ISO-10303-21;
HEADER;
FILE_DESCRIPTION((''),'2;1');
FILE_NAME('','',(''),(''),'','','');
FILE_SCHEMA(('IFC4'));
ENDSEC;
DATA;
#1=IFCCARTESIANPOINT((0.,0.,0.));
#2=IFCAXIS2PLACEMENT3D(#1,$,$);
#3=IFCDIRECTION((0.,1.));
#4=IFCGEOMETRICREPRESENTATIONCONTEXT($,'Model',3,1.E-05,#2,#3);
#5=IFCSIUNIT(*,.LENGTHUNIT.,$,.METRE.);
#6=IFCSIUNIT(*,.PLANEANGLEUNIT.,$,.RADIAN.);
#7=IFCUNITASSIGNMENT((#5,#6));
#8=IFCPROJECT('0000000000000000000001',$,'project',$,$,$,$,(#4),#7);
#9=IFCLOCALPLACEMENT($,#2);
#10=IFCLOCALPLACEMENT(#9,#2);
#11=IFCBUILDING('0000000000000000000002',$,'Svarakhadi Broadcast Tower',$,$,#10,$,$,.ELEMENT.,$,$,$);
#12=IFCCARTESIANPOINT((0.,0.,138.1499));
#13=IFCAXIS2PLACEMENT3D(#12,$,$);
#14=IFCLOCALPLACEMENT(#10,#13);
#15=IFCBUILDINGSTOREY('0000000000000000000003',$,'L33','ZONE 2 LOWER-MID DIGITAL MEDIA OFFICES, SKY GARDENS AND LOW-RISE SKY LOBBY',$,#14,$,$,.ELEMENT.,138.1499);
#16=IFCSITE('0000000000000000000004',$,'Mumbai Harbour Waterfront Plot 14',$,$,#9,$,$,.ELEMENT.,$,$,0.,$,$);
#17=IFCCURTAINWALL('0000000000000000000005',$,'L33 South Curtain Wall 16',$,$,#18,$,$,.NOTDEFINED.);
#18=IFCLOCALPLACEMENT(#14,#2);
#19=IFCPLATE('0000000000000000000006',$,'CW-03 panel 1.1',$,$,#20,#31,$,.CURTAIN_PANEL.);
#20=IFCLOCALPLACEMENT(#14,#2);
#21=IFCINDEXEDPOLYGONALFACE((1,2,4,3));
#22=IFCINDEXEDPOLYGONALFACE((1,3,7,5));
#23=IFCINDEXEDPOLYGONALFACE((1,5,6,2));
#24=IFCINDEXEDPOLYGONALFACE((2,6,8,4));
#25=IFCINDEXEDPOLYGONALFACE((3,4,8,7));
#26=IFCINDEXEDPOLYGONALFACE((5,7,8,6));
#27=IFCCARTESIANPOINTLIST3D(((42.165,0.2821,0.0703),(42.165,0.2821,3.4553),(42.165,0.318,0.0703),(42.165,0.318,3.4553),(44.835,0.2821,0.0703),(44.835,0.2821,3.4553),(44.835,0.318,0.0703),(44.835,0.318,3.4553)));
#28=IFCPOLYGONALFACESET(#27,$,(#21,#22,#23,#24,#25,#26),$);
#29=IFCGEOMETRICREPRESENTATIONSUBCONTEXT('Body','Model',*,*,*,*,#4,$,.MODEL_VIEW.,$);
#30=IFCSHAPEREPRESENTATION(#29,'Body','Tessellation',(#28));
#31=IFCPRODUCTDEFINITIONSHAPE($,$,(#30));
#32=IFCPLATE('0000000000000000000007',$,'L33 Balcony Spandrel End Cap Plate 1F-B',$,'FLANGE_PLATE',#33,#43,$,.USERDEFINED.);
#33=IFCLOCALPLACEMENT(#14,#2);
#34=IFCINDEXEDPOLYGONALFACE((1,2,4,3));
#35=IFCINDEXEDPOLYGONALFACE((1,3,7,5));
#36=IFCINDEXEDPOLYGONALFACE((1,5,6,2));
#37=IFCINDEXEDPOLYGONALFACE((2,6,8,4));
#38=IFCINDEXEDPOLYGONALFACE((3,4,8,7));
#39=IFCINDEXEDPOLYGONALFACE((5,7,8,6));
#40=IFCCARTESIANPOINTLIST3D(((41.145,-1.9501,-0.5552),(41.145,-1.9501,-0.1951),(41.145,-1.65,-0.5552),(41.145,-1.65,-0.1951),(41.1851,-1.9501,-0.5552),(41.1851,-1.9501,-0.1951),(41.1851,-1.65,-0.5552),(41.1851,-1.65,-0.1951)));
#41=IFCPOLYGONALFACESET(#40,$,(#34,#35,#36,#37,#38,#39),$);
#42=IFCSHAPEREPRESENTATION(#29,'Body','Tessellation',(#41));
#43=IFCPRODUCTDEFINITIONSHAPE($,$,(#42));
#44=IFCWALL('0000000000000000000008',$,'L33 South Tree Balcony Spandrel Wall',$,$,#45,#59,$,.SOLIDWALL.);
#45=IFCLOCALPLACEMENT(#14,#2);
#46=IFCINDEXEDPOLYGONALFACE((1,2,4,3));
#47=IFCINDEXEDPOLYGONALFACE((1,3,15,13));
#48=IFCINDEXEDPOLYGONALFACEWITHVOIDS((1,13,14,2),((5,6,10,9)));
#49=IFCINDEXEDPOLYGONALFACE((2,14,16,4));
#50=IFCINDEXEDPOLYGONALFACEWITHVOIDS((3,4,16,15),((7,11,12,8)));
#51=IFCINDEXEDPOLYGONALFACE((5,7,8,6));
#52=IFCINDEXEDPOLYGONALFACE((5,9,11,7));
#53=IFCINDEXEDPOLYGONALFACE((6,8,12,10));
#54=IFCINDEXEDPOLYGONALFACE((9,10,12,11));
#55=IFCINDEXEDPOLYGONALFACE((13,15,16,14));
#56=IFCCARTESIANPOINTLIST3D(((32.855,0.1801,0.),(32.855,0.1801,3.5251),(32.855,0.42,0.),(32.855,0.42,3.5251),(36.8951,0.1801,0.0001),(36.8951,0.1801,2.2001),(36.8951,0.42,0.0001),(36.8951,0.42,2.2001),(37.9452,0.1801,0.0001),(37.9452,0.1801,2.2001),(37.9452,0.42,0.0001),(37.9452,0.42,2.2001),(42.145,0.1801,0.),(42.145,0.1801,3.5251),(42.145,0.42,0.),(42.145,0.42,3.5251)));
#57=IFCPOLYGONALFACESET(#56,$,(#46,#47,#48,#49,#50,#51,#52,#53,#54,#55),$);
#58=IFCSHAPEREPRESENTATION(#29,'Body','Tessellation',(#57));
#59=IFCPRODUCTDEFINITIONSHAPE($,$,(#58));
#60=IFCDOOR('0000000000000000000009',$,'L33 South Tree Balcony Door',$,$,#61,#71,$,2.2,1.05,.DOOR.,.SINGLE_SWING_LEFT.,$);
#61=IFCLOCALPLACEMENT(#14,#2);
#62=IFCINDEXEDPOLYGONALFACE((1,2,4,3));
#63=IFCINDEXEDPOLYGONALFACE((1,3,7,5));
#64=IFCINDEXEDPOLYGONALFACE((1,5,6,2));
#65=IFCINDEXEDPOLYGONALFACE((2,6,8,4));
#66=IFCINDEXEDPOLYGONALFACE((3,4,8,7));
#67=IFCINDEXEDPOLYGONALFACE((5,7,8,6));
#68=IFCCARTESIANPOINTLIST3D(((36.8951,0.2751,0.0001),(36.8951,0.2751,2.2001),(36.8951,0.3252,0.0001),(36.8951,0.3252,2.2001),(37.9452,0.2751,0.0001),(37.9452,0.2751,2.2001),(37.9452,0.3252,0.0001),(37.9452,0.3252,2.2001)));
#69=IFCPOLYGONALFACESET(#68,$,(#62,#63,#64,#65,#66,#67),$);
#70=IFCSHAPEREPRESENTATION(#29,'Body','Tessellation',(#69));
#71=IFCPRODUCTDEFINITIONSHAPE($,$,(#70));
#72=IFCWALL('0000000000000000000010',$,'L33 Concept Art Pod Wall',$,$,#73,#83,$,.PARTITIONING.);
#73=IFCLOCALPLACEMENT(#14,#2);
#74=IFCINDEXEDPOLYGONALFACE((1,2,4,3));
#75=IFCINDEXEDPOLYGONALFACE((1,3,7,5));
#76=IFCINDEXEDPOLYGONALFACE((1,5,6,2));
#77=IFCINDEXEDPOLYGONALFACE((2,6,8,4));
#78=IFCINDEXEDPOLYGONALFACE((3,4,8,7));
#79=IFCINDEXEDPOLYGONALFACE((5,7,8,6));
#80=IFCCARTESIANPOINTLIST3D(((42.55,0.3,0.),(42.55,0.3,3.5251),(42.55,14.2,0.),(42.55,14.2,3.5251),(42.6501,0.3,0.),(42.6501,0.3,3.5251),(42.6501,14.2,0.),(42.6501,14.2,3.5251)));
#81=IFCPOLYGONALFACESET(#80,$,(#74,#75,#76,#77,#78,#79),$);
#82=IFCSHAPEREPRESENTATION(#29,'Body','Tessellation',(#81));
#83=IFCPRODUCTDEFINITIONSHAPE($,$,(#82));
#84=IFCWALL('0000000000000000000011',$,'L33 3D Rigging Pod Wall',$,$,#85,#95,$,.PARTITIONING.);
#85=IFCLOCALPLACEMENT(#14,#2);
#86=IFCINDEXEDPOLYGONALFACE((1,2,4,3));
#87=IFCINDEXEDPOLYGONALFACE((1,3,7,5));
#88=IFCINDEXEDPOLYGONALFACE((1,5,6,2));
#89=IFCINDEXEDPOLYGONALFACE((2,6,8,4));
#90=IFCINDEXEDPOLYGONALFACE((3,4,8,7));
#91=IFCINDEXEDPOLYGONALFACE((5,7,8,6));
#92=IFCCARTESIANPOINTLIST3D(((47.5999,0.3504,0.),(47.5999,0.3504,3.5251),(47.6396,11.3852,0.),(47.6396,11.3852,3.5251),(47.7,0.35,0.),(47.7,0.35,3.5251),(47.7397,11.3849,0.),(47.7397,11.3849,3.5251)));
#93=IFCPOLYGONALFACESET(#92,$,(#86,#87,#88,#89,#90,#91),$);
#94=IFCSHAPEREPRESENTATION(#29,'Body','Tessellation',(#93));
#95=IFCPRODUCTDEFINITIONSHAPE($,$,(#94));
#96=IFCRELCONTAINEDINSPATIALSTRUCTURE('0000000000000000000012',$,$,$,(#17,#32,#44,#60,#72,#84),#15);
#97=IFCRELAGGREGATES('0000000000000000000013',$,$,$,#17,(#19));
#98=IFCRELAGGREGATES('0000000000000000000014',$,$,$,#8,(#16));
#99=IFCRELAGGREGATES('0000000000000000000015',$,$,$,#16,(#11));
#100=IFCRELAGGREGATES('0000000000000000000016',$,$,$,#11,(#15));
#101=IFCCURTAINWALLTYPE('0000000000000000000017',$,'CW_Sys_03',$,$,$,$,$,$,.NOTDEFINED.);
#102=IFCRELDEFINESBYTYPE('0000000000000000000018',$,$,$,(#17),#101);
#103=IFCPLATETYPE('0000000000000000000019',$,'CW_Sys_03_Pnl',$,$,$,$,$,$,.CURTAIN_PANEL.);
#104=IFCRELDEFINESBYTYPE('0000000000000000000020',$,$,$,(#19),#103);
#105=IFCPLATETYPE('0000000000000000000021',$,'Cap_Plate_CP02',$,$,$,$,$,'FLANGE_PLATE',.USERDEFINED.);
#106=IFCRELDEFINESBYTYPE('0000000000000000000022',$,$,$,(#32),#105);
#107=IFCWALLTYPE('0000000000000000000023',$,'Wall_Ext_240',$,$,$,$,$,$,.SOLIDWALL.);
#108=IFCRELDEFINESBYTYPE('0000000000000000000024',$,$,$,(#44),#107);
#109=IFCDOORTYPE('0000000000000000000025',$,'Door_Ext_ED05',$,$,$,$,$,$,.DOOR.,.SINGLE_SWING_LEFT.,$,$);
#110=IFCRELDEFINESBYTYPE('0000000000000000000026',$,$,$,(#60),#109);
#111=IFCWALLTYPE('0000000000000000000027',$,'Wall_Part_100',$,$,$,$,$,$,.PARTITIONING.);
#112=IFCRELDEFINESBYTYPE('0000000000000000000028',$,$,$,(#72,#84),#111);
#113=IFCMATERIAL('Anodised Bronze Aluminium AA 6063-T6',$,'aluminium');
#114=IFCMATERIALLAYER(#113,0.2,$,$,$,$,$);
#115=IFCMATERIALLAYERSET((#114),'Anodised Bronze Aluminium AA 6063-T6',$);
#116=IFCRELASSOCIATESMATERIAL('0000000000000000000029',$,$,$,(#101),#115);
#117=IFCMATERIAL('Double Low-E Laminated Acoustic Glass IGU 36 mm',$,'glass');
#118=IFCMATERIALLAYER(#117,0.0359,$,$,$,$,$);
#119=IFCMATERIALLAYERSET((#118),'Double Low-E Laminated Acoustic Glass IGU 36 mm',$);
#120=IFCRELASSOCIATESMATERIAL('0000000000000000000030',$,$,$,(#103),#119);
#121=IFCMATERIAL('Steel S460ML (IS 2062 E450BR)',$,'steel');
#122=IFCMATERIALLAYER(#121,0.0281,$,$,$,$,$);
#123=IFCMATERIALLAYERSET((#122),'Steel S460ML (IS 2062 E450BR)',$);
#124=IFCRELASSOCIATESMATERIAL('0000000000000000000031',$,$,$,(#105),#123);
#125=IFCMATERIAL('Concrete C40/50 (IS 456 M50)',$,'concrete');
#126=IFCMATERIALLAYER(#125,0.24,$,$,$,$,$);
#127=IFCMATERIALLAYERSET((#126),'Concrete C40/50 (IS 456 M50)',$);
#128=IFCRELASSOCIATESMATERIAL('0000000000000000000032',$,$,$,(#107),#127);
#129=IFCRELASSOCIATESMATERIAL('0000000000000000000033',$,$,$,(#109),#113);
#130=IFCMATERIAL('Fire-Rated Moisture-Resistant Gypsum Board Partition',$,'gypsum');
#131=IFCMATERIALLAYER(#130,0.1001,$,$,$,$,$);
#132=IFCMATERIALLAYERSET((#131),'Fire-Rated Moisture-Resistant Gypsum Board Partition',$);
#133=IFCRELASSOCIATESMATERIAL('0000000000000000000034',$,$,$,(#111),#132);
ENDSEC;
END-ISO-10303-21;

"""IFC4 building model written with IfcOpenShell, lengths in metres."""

from ifc_helpers import new_model, si_unit, direction, frame, frame_2d, origin, origin_2d, place, context, subcontext, project, spatial, rectangle, extrude, material, layer, layer_set, type_object, element, fill, aggregate, save


model = new_model("IFC4")

# Units and contexts
model_context = context("Model", 3, precision=1e-05, world=origin(), true_north=direction((0.0, 1.0)))
body_context = subcontext(model_context, "Body", "Model", "MODEL_VIEW")
ifc_project = project(units=[si_unit("LENGTHUNIT", "METRE"), si_unit("PLANEANGLEUNIT", "RADIAN")], contexts=[model_context])

# Site, building, storey
site_placement = place(None, origin())
site = spatial("IfcSite", under=ifc_project, at=site_placement, Name="Mumbai Harbour Waterfront Plot 14", CompositionType="ELEMENT", RefElevation=0.0)
building_placement = place(site_placement, origin())
building = spatial("IfcBuilding", under=site, at=building_placement, Name="Svarakhadi Broadcast Tower", CompositionType="ELEMENT")
storey_placement = place(building_placement, frame((0.0, 0.0, 138.1499)))
storey = spatial("IfcBuildingStorey", under=building, at=storey_placement, Name="L33", Description="ZONE 2 LOWER-MID DIGITAL MEDIA OFFICES, SKY GARDENS AND LOW-RISE SKY LOBBY", CompositionType="ELEMENT", Elevation=138.1499)

# Shared definitions
ifc_material_1 = material(Name="Steel S460ML (IS 2062 E450BR)", Category="steel")

# Curtain wall
ifc_material_2 = material(Name="Anodised Bronze Aluminium AA 6063-T6", Category="aluminium")
ifc_layer_1 = layer(ifc_material_2, 0.2)
ifc_layer_set_1 = layer_set([ifc_layer_1], Name="Anodised Bronze Aluminium AA 6063-T6")
curtain_wall_type = type_object("IfcCurtainWallType", Name="CW_Sys_03", PredefinedType="NOTDEFINED", material=ifc_layer_set_1)
curtain_wall_1_placement = place(storey_placement, origin())
curtain_wall_1 = element("IfcCurtainWall", 1, at=curtain_wall_1_placement, inside=storey, type_object=curtain_wall_type, Name="L33 South Curtain Wall 16", PredefinedType="NOTDEFINED")

# Plates
ifc_material_3 = material(Name="Double Low-E Laminated Acoustic Glass IGU 36 mm", Category="glass")
ifc_layer_2 = layer(ifc_material_3, 0.0359)
ifc_layer_set_2 = layer_set([ifc_layer_2], Name="Double Low-E Laminated Acoustic Glass IGU 36 mm")
plate_type_1 = type_object("IfcPlateType", Name="CW_Sys_03_Pnl", PredefinedType="CURTAIN_PANEL", material=ifc_layer_set_2)
plate_1_placement = place(storey_placement, frame((43.5, 0.3, 0.0703), z_axis=(0.0, 0.0, 1.0), x_axis=(-1.0, 0.0, 0.0)))
plate_1 = element("IfcPlate", 2, at=plate_1_placement, type_object=plate_type_1, Name="CW-03 panel 1.1", PredefinedType="CURTAIN_PANEL", context=body_context, shape_type="SweptSolid", body=[
    extrude(rectangle(XDim=2.6699, YDim=0.0359, at=origin_2d()), origin(), (0.0, 0.0, 1.0), 3.385),
])
aggregate(curtain_wall_1, [plate_1])
ifc_layer_3 = layer(ifc_material_1, 0.0281)
ifc_layer_set_3 = layer_set([ifc_layer_3], Name="Steel S460ML (IS 2062 E450BR)")
plate_type_2 = type_object("IfcPlateType", Name="Cap_Plate_CP02", ElementType="FLANGE_PLATE", PredefinedType="USERDEFINED", material=ifc_layer_set_3)
plate_2_placement = place(storey_placement, frame((41.165, -1.8, -0.5552), z_axis=(0.0, 0.0, 1.0), x_axis=(1.0, 0.0, 0.0)))
element("IfcPlate", 3, at=plate_2_placement, inside=storey, type_object=plate_type_2, Name="L33 Balcony Spandrel End Cap Plate 1F-B", ObjectType="FLANGE_PLATE", PredefinedType="USERDEFINED", context=body_context, shape_type="SweptSolid", body=[
    extrude(rectangle(XDim=0.04, YDim=0.3, at=origin_2d()), origin(), (0.0, 0.0, 1.0), 0.3601),
])

# Wall, opening, door
ifc_material_4 = material(Name="Concrete C40/50 (IS 456 M50)", Category="concrete")
ifc_layer_4 = layer(ifc_material_4, 0.24)
ifc_layer_set_4 = layer_set([ifc_layer_4], Name="Concrete C40/50 (IS 456 M50)")
wall_type_1 = type_object("IfcWallType", Name="Wall_Ext_240", PredefinedType="SOLIDWALL", material=ifc_layer_set_4)
wall_1_placement = place(storey_placement, frame((42.145, 0.3, 0.0), z_axis=(0.0, 0.0, 1.0), x_axis=(-1.0, 0.0, 0.0)))
wall_1 = element("IfcWall", 4, at=wall_1_placement, inside=storey, type_object=wall_type_1, Name="L33 South Tree Balcony Spandrel Wall", PredefinedType="SOLIDWALL", context=body_context, shape_type="SweptSolid", body=[
    extrude(rectangle(XDim=9.29, YDim=0.24, at=frame_2d((4.645, 0.0))), origin(), (0.0, 0.0, 1.0), 3.5251),
])
opening_placement = place(wall_1_placement, frame((4.2, 0.0, 0.0)))
opening = element("IfcOpeningElement", 5, at=opening_placement, cuts=wall_1, PredefinedType="OPENING", context=body_context, shape_type="SweptSolid", body=[
    extrude(rectangle(XDim=1.05, YDim=2.2, at=frame_2d((0.5249, 1.1001))), frame((0.0, 0.1299, 0.0), z_axis=(0.0, -1.0, 0.0), x_axis=(1.0, 0.0, 0.0)), (0.0, 0.0, 1.0), 0.26),
])
door_type = type_object("IfcDoorType", Name="Door_Ext_ED05", OperationType="SINGLE_SWING_LEFT", PredefinedType="DOOR", material=ifc_material_2)
door_placement = place(opening_placement, origin())
door = element("IfcDoor", 6, at=door_placement, inside=storey, type_object=door_type, Name="L33 South Tree Balcony Door", OperationType="SINGLE_SWING_LEFT", OverallHeight=2.2, OverallWidth=1.05, PredefinedType="DOOR", context=body_context, shape_type="SweptSolid", body=[
    extrude(rectangle(XDim=1.05, YDim=2.2, at=frame_2d((0.5249, 1.1001))), frame((0.0, 0.0249, 0.0), z_axis=(0.0, -1.0, 0.0), x_axis=(1.0, 0.0, 0.0)), (0.0, 0.0, 1.0), 0.05),
])
fill(opening, door)

# Walls
ifc_material_5 = material(Name="Fire-Rated Moisture-Resistant Gypsum Board Partition", Category="gypsum")
ifc_layer_5 = layer(ifc_material_5, 0.1001)
ifc_layer_set_5 = layer_set([ifc_layer_5], Name="Fire-Rated Moisture-Resistant Gypsum Board Partition")
wall_type_2 = type_object("IfcWallType", Name="Wall_Part_100", PredefinedType="PARTITIONING", material=ifc_layer_set_5)
wall_2_placement = place(storey_placement, frame((42.6001, 0.3, 0.0), z_axis=(0.0, 0.0, 1.0), x_axis=(0.0, 1.0, 0.0)))
element("IfcWall", 7, at=wall_2_placement, inside=storey, type_object=wall_type_2, Name="L33 Concept Art Pod Wall", PredefinedType="PARTITIONING", context=body_context, shape_type="SweptSolid", body=[
    extrude(rectangle(XDim=13.8999, YDim=0.1001, at=frame_2d((6.95, 0.0))), origin(), (0.0, 0.0, 1.0), 3.5251),
])
wall_3_placement = place(storey_placement, frame((47.6499, 0.3501, 0.0), z_axis=(0.0, 0.0, 1.0), x_axis=(0.003606, 0.999993, 0.0)))
element("IfcWall", 8, at=wall_3_placement, inside=storey, type_object=wall_type_2, Name="L33 3D Rigging Pod Wall", PredefinedType="PARTITIONING", context=body_context, shape_type="SweptSolid", body=[
    extrude(rectangle(XDim=11.0349, YDim=0.1001, at=frame_2d((5.5176, 0.0))), origin(), (0.0, 0.0, 1.0), 3.5251),
])

save(model, "model.ifc")
